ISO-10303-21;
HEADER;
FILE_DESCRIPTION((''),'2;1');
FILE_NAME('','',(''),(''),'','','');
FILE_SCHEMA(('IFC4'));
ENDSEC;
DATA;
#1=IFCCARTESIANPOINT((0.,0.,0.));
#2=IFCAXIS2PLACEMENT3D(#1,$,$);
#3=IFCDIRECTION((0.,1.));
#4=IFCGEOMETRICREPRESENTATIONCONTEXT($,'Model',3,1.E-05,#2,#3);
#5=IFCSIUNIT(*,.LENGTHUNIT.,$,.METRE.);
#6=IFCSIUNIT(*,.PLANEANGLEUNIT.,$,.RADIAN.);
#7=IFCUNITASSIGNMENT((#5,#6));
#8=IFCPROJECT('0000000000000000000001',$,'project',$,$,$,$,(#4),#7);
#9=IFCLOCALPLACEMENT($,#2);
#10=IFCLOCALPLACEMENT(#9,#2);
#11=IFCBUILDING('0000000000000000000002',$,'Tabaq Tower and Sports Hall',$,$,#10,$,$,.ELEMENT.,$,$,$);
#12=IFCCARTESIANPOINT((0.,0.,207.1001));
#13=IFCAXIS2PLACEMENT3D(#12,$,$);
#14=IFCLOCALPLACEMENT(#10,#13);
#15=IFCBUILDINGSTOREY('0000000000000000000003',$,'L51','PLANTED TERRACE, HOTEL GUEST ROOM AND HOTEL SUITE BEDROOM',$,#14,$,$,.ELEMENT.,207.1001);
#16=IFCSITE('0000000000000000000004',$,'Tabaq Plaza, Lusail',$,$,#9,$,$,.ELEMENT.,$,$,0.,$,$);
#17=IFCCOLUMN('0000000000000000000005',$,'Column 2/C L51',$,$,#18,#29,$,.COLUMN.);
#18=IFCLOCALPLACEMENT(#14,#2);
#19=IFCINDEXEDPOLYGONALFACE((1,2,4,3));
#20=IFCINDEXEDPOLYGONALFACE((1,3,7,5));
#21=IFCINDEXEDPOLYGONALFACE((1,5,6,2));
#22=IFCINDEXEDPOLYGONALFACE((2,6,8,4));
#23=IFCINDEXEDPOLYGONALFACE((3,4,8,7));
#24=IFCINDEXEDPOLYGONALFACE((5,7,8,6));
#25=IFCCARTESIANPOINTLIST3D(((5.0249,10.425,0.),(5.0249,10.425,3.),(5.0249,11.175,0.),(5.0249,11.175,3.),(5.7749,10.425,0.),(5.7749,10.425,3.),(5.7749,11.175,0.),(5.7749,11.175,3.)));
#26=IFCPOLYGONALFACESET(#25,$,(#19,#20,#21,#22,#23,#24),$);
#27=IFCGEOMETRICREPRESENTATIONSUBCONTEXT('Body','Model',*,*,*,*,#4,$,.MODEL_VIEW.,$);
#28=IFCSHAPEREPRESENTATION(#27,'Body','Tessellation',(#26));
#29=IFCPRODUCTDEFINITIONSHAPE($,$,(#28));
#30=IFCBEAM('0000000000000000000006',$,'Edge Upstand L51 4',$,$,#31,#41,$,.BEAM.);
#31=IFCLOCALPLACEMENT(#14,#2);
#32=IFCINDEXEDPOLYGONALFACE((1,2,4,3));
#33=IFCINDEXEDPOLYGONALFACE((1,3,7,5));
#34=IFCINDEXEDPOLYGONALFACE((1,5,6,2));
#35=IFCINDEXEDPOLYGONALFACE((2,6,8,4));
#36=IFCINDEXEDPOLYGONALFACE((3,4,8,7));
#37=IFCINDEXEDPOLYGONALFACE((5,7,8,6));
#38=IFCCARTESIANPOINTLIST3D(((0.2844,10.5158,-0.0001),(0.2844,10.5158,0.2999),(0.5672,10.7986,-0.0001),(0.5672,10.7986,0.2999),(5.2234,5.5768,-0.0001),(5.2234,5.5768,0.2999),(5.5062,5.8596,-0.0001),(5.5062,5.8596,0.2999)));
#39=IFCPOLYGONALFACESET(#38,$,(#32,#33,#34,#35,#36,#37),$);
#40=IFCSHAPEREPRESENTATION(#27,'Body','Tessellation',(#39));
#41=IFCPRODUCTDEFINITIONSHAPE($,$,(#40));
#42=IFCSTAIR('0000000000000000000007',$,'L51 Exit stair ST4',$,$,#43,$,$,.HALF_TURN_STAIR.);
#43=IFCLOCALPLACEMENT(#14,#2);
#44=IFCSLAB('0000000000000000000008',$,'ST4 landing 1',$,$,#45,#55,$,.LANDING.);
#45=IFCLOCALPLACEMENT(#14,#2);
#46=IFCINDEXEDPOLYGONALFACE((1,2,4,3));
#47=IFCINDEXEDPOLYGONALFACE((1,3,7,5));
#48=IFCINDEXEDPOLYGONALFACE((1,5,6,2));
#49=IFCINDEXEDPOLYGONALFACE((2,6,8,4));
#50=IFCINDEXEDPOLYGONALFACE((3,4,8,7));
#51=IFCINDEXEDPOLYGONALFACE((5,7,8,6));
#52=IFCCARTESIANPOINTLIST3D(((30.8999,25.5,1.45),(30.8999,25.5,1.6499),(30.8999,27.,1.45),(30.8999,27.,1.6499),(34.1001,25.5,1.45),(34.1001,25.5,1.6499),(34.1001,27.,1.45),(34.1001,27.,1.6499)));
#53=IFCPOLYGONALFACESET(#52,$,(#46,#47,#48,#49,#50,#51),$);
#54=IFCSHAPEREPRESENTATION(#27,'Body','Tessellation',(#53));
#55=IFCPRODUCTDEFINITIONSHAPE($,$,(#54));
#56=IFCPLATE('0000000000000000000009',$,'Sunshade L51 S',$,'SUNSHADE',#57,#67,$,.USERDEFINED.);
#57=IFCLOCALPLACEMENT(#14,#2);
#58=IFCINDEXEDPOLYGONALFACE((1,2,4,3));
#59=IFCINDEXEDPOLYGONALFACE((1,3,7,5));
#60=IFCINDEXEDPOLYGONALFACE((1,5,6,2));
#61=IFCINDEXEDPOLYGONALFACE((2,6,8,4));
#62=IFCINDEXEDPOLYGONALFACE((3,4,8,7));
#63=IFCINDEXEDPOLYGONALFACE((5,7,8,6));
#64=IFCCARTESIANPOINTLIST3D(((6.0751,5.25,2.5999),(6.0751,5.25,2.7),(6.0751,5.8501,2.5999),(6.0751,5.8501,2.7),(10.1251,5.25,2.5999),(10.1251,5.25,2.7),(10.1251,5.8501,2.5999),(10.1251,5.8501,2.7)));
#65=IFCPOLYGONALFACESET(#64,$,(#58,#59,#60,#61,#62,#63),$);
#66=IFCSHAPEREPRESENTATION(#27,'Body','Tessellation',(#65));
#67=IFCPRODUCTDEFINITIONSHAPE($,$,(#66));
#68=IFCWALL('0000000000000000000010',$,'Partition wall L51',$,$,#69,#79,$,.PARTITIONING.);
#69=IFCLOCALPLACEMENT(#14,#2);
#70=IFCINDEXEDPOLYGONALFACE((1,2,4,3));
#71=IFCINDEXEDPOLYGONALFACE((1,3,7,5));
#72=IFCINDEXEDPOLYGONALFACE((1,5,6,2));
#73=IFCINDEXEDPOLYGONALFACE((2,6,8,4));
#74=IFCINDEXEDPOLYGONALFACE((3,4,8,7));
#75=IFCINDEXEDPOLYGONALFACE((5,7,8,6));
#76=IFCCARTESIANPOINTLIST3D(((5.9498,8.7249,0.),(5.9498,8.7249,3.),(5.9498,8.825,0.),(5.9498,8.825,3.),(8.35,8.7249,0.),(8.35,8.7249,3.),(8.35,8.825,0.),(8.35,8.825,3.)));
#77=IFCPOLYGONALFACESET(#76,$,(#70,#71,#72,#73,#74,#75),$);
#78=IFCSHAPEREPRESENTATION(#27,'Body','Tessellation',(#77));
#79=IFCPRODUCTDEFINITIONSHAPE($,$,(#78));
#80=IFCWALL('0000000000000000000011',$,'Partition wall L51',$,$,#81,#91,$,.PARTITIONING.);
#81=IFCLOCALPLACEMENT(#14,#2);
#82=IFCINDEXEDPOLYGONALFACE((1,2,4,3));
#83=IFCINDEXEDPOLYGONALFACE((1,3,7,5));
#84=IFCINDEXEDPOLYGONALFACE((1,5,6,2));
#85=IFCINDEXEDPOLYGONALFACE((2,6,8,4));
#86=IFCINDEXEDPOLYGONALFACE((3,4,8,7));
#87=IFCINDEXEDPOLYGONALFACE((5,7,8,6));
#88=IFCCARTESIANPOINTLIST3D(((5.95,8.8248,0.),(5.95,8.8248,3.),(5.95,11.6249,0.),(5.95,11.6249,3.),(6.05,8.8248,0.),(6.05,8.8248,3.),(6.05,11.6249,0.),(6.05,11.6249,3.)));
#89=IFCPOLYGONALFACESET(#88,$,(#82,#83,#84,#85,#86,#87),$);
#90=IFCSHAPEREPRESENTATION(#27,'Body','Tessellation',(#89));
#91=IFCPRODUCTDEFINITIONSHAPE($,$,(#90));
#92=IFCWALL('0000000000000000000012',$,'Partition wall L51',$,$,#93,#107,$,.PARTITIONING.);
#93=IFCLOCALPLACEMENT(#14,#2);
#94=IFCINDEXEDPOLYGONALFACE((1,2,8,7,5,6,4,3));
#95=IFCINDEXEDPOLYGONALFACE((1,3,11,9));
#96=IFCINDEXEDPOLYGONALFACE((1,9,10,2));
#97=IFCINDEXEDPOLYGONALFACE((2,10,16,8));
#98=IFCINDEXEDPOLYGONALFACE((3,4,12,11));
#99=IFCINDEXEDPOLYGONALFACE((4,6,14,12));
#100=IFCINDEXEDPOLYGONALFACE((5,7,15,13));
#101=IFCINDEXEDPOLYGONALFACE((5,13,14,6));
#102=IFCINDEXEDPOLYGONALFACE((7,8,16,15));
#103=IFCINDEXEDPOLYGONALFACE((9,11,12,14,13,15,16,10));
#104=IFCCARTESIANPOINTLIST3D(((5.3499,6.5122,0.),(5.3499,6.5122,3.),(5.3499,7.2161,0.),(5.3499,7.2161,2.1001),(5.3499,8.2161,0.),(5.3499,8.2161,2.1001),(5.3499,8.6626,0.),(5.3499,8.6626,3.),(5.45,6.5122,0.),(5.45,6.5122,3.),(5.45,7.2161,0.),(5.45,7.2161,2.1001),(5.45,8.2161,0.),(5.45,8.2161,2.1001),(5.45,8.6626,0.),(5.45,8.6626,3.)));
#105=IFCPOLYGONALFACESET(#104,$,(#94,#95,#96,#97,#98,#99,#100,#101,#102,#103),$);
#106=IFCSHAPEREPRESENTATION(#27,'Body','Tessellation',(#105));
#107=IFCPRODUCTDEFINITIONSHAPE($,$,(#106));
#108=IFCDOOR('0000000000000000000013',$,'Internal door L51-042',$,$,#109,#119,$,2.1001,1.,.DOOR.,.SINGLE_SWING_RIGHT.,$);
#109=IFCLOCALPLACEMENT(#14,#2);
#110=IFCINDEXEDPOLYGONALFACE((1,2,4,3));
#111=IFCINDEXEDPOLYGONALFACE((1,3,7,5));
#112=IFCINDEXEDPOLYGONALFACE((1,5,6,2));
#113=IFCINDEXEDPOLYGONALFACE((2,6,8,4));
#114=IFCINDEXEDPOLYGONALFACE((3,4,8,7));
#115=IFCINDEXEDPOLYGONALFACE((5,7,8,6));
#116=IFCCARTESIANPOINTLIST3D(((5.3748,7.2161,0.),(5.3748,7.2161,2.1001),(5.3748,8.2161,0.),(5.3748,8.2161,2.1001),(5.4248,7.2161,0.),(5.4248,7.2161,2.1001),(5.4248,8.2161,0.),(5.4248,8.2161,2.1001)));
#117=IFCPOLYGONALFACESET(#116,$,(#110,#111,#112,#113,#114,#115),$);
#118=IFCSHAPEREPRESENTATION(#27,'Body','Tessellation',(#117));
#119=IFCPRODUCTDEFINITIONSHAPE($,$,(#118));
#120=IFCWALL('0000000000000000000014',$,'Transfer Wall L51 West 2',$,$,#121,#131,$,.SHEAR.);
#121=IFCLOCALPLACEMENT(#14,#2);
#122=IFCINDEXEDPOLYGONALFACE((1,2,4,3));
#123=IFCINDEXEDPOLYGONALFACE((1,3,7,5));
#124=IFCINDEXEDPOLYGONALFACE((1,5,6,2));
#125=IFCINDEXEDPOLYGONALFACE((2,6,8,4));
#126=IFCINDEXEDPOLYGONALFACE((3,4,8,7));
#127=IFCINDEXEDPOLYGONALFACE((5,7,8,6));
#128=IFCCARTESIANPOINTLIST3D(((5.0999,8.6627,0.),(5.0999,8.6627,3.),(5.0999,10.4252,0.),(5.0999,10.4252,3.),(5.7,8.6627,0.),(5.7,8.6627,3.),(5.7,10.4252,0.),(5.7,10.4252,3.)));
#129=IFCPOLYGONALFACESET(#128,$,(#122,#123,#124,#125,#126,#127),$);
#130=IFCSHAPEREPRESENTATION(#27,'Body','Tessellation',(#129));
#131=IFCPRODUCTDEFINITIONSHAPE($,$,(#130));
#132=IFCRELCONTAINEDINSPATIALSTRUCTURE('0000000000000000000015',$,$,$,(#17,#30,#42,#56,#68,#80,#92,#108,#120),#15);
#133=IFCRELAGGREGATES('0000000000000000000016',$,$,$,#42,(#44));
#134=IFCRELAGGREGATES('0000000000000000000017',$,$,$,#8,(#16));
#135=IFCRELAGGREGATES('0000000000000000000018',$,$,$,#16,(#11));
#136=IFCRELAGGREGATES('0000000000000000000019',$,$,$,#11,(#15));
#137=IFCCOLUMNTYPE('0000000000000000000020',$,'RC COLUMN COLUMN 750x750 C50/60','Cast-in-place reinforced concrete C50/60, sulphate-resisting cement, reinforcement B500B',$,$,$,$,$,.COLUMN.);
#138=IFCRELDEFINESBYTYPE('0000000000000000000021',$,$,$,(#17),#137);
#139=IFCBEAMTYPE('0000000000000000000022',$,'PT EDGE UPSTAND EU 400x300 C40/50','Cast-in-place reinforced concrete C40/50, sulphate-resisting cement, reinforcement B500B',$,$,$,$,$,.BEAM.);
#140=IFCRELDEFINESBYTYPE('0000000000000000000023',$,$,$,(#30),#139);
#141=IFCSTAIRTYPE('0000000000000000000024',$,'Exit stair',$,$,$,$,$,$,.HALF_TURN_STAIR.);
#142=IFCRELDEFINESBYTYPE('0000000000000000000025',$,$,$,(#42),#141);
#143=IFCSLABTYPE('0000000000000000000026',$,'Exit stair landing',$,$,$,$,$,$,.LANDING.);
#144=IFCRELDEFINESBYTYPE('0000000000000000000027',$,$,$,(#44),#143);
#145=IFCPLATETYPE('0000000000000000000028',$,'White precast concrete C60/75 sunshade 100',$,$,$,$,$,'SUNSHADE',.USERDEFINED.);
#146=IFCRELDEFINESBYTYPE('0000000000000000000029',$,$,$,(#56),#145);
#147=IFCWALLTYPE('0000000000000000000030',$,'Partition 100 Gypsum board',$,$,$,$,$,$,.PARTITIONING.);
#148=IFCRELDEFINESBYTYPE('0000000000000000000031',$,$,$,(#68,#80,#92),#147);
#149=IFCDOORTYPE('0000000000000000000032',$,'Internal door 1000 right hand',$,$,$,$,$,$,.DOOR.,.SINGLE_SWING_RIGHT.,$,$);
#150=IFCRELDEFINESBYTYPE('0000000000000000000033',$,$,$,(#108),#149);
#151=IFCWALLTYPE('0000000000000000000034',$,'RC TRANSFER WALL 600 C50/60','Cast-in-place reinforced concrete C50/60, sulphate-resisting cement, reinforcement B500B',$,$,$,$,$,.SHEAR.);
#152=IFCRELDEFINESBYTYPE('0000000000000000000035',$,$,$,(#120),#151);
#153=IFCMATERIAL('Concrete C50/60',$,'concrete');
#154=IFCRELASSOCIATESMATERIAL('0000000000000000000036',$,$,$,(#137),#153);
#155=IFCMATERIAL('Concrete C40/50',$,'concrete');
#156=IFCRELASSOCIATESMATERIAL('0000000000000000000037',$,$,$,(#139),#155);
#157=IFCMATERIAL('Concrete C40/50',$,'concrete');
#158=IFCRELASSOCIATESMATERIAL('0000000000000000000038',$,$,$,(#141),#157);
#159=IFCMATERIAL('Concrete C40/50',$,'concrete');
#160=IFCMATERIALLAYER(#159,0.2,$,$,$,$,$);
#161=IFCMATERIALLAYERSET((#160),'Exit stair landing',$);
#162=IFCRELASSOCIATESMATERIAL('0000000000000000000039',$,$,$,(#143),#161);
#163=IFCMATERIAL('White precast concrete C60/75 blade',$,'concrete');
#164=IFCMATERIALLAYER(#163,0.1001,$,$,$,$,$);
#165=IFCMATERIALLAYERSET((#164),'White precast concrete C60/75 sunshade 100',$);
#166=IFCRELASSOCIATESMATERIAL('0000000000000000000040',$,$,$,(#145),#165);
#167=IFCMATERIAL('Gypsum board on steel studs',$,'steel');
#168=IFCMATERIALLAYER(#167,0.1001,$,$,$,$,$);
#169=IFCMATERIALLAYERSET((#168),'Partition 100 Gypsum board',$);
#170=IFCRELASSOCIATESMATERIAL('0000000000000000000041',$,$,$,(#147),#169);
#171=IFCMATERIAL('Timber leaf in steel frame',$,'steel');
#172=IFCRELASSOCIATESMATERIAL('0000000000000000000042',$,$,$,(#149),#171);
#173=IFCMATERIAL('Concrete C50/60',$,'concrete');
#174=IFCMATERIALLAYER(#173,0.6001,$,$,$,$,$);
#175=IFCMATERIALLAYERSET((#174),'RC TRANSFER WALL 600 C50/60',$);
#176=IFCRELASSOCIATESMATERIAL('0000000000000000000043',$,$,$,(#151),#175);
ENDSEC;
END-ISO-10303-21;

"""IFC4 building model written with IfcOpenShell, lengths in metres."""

from ifc_helpers import new_model, si_unit, direction, frame, frame_2d, origin, origin_2d, place, context, subcontext, project, spatial, polyline, rectangle, outline, extrude, material, layer, layer_set, material_profile, profile_set, type_object, element, fill, aggregate, save


model = new_model("IFC4")

# Units and contexts
model_context = context("Model", 3, precision=1e-05, world=origin(), true_north=direction((0.0, 1.0)))
body_context = subcontext(model_context, "Body", "Model", "MODEL_VIEW")
ifc_project = project(units=[si_unit("LENGTHUNIT", "METRE"), si_unit("PLANEANGLEUNIT", "RADIAN")], contexts=[model_context])

# Site, building, storey
site_placement = place(None, origin())
site = spatial("IfcSite", under=ifc_project, at=site_placement, Name="Tabaq Plaza, Lusail", CompositionType="ELEMENT", RefElevation=0.0)
building_placement = place(site_placement, origin())
building = spatial("IfcBuilding", under=site, at=building_placement, Name="Tabaq Tower and Sports Hall", CompositionType="ELEMENT")
storey_placement = place(building_placement, frame((0.0, 0.0, 207.1001)))
storey = spatial("IfcBuildingStorey", under=building, at=storey_placement, Name="L51", Description="PLANTED TERRACE, HOTEL GUEST ROOM AND HOTEL SUITE BEDROOM", CompositionType="ELEMENT", Elevation=207.1001)

# Column
ifc_material_1 = material(Name="Concrete C50/60", Category="concrete")
ifc_material_profile_1 = material_profile(ifc_material_1, rectangle(XDim=0.75, YDim=0.75, at=origin_2d()), Name="COLUMN 750x750")
ifc_profile_set_1 = profile_set([ifc_material_profile_1], Name="Concrete C50/60")
column_type = type_object("IfcColumnType", Name="RC COLUMN COLUMN 750x750 C50/60", Description="Cast-in-place reinforced concrete C50/60, sulphate-resisting cement, reinforcement B500B", PredefinedType="COLUMN", material=ifc_profile_set_1)
column_placement = place(storey_placement, frame((5.3999, 10.8, 0.0), z_axis=(0.0, 0.0, 1.0), x_axis=(1.0, 0.0, 0.0)))
element("IfcColumn", 1, at=column_placement, inside=storey, type_object=column_type, Name="Column 2/C L51", PredefinedType="COLUMN", context=body_context, shape_type="SweptSolid", body=[
    extrude(rectangle(XDim=0.75, YDim=0.75, at=origin_2d()), origin(), (0.0, 0.0, 1.0), 3.0),
])

# Beam
ifc_material_2 = material(Name="Concrete C40/50", Category="concrete")
ifc_material_profile_2 = material_profile(ifc_material_2, rectangle(XDim=0.3999, YDim=0.3, at=origin_2d()), Name="EU 400x300")
ifc_profile_set_2 = profile_set([ifc_material_profile_2], Name="Concrete C40/50")
beam_type = type_object("IfcBeamType", Name="PT EDGE UPSTAND EU 400x300 C40/50", Description="Cast-in-place reinforced concrete C40/50, sulphate-resisting cement, reinforcement B500B", PredefinedType="BEAM", material=ifc_profile_set_2)
beam_placement = place(storey_placement, frame((0.4258, 10.6572, 0.1499), z_axis=(0.707107, -0.707107, 0.0), x_axis=(0.707107, 0.707107, 0.0)))
element("IfcBeam", 2, at=beam_placement, inside=storey, type_object=beam_type, Name="Edge Upstand L51 4", PredefinedType="BEAM", context=body_context, shape_type="SweptSolid", body=[
    extrude(rectangle(XDim=0.3999, YDim=0.3, at=origin_2d()), origin(), (0.0, 0.0, 1.0), 6.9849),
])

# Stair, slab
ifc_material_3 = material(Name="Concrete C40/50", Category="concrete")
stair_type = type_object("IfcStairType", Name="Exit stair", PredefinedType="HALF_TURN_STAIR", material=ifc_material_3)
stair_placement = place(storey_placement, origin())
stair = element("IfcStair", 3, at=stair_placement, inside=storey, type_object=stair_type, Name="L51 Exit stair ST4", PredefinedType="HALF_TURN_STAIR")
ifc_material_4 = material(Name="Concrete C40/50", Category="concrete")
ifc_layer_1 = layer(ifc_material_4, 0.2)
ifc_layer_set_1 = layer_set([ifc_layer_1], Name="Exit stair landing")
slab_type = type_object("IfcSlabType", Name="Exit stair landing", PredefinedType="LANDING", material=ifc_layer_set_1)
slab_placement = place(storey_placement, frame((0.0, 0.0, 1.45)))
slab = element("IfcSlab", 4, at=slab_placement, type_object=slab_type, Name="ST4 landing 1", PredefinedType="LANDING", context=body_context, shape_type="SweptSolid", body=[
    extrude(outline(polyline([(30.8999, 27.0), (30.8999, 25.5), (34.1001, 25.5), (34.1001, 27.0), (30.8999, 27.0)])), origin(), (0.0, 0.0, 1.0), 0.2),
])
aggregate(stair, [slab])

# Plate
ifc_material_5 = material(Name="White precast concrete C60/75 blade", Category="concrete")
ifc_layer_2 = layer(ifc_material_5, 0.1001)
ifc_layer_set_2 = layer_set([ifc_layer_2], Name="White precast concrete C60/75 sunshade 100")
plate_type = type_object("IfcPlateType", Name="White precast concrete C60/75 sunshade 100", ElementType="SUNSHADE", PredefinedType="USERDEFINED", material=ifc_layer_set_2)
plate_placement = place(storey_placement, frame((8.1001, 5.55, 2.5999), z_axis=(0.0, 0.0, 1.0), x_axis=(1.0, 0.0, 0.0)))
element("IfcPlate", 5, at=plate_placement, inside=storey, type_object=plate_type, Name="Sunshade L51 S", ObjectType="SUNSHADE", PredefinedType="USERDEFINED", context=body_context, shape_type="SweptSolid", body=[
    extrude(rectangle(XDim=4.05, YDim=0.6001, at=origin_2d()), origin(), (0.0, 0.0, 1.0), 0.1001),
])

# Walls
ifc_material_6 = material(Name="Gypsum board on steel studs", Category="steel")
ifc_layer_3 = layer(ifc_material_6, 0.1001)
ifc_layer_set_3 = layer_set([ifc_layer_3], Name="Partition 100 Gypsum board")
wall_type_1 = type_object("IfcWallType", Name="Partition 100 Gypsum board", PredefinedType="PARTITIONING", material=ifc_layer_set_3)
wall_1_placement = place(storey_placement, frame((8.3501, 8.7749, 0.0), z_axis=(0.0, 0.0, 1.0), x_axis=(-1.0, 0.0, 0.0)))
element("IfcWall", 6, at=wall_1_placement, inside=storey, type_object=wall_type_1, Name="Partition wall L51", PredefinedType="PARTITIONING", context=body_context, shape_type="SweptSolid", body=[
    extrude(rectangle(XDim=2.4001, YDim=0.1001, at=frame_2d((1.2002, 0.0))), origin(), (0.0, 0.0, 1.0), 3.0),
])
wall_2_placement = place(storey_placement, frame((6.0, 8.825, 0.0), z_axis=(0.0, 0.0, 1.0), x_axis=(0.0, 1.0, 0.0)))
element("IfcWall", 7, at=wall_2_placement, inside=storey, type_object=wall_type_1, Name="Partition wall L51", PredefinedType="PARTITIONING", context=body_context, shape_type="SweptSolid", body=[
    extrude(rectangle(XDim=2.8, YDim=0.1001, at=frame_2d((1.3999, 0.0))), origin(), (0.0, 0.0, 1.0), 3.0),
])

# Wall, opening, door
wall_3_placement = place(storey_placement, frame((5.3999, 8.6626, 0.0), z_axis=(0.0, 0.0, 1.0), x_axis=(0.0, -1.0, 0.0)))
wall_3 = element("IfcWall", 8, at=wall_3_placement, inside=storey, type_object=wall_type_1, Name="Partition wall L51", PredefinedType="PARTITIONING", context=body_context, shape_type="SweptSolid", body=[
    extrude(rectangle(XDim=2.1504, YDim=0.1001, at=frame_2d((1.0752, 0.0))), origin(), (0.0, 0.0, 1.0), 3.0),
])
opening_1_placement = place(wall_3_placement, frame((0.4465, 0.0, 0.0)))
opening_1 = element("IfcOpeningElement", 9, at=opening_1_placement, cuts=wall_3, PredefinedType="OPENING", context=body_context, shape_type="SweptSolid", body=[
    extrude(rectangle(XDim=1.0, YDim=2.1001, at=frame_2d((0.5, 1.05))), frame((0.0, 0.05, 0.0), z_axis=(0.0, -1.0, 0.0), x_axis=(1.0, 0.0, 0.0)), (0.0, 0.0, 1.0), 0.1001),
])
ifc_material_7 = material(Name="Timber leaf in steel frame", Category="steel")
door_type = type_object("IfcDoorType", Name="Internal door 1000 right hand", OperationType="SINGLE_SWING_RIGHT", PredefinedType="DOOR", material=ifc_material_7)
door_placement = place(opening_1_placement, origin())
door = element("IfcDoor", 10, at=door_placement, inside=storey, type_object=door_type, Name="Internal door L51-042", OperationType="SINGLE_SWING_RIGHT", OverallHeight=2.1001, OverallWidth=1.0, PredefinedType="DOOR", context=body_context, shape_type="SweptSolid", body=[
    extrude(rectangle(XDim=1.0, YDim=2.1001, at=frame_2d((0.5, 1.05))), frame((0.0, 0.0249, 0.0), z_axis=(0.0, -1.0, 0.0), x_axis=(1.0, 0.0, 0.0)), (0.0, 0.0, 1.0), 0.05),
])
fill(opening_1, door)

# Wall
ifc_material_8 = material(Name="Concrete C50/60", Category="concrete")
ifc_layer_4 = layer(ifc_material_8, 0.6001)
ifc_layer_set_4 = layer_set([ifc_layer_4], Name="RC TRANSFER WALL 600 C50/60")
wall_type_2 = type_object("IfcWallType", Name="RC TRANSFER WALL 600 C50/60", Description="Cast-in-place reinforced concrete C50/60, sulphate-resisting cement, reinforcement B500B", PredefinedType="SHEAR", material=ifc_layer_set_4)
wall_4_placement = place(storey_placement, frame((5.3999, 8.6626, 0.0), z_axis=(0.0, 0.0, 1.0), x_axis=(0.0, 1.0, 0.0)))
element("IfcWall", 11, at=wall_4_placement, inside=storey, type_object=wall_type_2, Name="Transfer Wall L51 West 2", PredefinedType="SHEAR", context=body_context, shape_type="SweptSolid", body=[
    extrude(rectangle(XDim=1.7625, YDim=0.6001, at=frame_2d((0.8813, 0.0))), origin(), (0.0, 0.0, 1.0), 3.0),
])

save(model, "model.ifc")
